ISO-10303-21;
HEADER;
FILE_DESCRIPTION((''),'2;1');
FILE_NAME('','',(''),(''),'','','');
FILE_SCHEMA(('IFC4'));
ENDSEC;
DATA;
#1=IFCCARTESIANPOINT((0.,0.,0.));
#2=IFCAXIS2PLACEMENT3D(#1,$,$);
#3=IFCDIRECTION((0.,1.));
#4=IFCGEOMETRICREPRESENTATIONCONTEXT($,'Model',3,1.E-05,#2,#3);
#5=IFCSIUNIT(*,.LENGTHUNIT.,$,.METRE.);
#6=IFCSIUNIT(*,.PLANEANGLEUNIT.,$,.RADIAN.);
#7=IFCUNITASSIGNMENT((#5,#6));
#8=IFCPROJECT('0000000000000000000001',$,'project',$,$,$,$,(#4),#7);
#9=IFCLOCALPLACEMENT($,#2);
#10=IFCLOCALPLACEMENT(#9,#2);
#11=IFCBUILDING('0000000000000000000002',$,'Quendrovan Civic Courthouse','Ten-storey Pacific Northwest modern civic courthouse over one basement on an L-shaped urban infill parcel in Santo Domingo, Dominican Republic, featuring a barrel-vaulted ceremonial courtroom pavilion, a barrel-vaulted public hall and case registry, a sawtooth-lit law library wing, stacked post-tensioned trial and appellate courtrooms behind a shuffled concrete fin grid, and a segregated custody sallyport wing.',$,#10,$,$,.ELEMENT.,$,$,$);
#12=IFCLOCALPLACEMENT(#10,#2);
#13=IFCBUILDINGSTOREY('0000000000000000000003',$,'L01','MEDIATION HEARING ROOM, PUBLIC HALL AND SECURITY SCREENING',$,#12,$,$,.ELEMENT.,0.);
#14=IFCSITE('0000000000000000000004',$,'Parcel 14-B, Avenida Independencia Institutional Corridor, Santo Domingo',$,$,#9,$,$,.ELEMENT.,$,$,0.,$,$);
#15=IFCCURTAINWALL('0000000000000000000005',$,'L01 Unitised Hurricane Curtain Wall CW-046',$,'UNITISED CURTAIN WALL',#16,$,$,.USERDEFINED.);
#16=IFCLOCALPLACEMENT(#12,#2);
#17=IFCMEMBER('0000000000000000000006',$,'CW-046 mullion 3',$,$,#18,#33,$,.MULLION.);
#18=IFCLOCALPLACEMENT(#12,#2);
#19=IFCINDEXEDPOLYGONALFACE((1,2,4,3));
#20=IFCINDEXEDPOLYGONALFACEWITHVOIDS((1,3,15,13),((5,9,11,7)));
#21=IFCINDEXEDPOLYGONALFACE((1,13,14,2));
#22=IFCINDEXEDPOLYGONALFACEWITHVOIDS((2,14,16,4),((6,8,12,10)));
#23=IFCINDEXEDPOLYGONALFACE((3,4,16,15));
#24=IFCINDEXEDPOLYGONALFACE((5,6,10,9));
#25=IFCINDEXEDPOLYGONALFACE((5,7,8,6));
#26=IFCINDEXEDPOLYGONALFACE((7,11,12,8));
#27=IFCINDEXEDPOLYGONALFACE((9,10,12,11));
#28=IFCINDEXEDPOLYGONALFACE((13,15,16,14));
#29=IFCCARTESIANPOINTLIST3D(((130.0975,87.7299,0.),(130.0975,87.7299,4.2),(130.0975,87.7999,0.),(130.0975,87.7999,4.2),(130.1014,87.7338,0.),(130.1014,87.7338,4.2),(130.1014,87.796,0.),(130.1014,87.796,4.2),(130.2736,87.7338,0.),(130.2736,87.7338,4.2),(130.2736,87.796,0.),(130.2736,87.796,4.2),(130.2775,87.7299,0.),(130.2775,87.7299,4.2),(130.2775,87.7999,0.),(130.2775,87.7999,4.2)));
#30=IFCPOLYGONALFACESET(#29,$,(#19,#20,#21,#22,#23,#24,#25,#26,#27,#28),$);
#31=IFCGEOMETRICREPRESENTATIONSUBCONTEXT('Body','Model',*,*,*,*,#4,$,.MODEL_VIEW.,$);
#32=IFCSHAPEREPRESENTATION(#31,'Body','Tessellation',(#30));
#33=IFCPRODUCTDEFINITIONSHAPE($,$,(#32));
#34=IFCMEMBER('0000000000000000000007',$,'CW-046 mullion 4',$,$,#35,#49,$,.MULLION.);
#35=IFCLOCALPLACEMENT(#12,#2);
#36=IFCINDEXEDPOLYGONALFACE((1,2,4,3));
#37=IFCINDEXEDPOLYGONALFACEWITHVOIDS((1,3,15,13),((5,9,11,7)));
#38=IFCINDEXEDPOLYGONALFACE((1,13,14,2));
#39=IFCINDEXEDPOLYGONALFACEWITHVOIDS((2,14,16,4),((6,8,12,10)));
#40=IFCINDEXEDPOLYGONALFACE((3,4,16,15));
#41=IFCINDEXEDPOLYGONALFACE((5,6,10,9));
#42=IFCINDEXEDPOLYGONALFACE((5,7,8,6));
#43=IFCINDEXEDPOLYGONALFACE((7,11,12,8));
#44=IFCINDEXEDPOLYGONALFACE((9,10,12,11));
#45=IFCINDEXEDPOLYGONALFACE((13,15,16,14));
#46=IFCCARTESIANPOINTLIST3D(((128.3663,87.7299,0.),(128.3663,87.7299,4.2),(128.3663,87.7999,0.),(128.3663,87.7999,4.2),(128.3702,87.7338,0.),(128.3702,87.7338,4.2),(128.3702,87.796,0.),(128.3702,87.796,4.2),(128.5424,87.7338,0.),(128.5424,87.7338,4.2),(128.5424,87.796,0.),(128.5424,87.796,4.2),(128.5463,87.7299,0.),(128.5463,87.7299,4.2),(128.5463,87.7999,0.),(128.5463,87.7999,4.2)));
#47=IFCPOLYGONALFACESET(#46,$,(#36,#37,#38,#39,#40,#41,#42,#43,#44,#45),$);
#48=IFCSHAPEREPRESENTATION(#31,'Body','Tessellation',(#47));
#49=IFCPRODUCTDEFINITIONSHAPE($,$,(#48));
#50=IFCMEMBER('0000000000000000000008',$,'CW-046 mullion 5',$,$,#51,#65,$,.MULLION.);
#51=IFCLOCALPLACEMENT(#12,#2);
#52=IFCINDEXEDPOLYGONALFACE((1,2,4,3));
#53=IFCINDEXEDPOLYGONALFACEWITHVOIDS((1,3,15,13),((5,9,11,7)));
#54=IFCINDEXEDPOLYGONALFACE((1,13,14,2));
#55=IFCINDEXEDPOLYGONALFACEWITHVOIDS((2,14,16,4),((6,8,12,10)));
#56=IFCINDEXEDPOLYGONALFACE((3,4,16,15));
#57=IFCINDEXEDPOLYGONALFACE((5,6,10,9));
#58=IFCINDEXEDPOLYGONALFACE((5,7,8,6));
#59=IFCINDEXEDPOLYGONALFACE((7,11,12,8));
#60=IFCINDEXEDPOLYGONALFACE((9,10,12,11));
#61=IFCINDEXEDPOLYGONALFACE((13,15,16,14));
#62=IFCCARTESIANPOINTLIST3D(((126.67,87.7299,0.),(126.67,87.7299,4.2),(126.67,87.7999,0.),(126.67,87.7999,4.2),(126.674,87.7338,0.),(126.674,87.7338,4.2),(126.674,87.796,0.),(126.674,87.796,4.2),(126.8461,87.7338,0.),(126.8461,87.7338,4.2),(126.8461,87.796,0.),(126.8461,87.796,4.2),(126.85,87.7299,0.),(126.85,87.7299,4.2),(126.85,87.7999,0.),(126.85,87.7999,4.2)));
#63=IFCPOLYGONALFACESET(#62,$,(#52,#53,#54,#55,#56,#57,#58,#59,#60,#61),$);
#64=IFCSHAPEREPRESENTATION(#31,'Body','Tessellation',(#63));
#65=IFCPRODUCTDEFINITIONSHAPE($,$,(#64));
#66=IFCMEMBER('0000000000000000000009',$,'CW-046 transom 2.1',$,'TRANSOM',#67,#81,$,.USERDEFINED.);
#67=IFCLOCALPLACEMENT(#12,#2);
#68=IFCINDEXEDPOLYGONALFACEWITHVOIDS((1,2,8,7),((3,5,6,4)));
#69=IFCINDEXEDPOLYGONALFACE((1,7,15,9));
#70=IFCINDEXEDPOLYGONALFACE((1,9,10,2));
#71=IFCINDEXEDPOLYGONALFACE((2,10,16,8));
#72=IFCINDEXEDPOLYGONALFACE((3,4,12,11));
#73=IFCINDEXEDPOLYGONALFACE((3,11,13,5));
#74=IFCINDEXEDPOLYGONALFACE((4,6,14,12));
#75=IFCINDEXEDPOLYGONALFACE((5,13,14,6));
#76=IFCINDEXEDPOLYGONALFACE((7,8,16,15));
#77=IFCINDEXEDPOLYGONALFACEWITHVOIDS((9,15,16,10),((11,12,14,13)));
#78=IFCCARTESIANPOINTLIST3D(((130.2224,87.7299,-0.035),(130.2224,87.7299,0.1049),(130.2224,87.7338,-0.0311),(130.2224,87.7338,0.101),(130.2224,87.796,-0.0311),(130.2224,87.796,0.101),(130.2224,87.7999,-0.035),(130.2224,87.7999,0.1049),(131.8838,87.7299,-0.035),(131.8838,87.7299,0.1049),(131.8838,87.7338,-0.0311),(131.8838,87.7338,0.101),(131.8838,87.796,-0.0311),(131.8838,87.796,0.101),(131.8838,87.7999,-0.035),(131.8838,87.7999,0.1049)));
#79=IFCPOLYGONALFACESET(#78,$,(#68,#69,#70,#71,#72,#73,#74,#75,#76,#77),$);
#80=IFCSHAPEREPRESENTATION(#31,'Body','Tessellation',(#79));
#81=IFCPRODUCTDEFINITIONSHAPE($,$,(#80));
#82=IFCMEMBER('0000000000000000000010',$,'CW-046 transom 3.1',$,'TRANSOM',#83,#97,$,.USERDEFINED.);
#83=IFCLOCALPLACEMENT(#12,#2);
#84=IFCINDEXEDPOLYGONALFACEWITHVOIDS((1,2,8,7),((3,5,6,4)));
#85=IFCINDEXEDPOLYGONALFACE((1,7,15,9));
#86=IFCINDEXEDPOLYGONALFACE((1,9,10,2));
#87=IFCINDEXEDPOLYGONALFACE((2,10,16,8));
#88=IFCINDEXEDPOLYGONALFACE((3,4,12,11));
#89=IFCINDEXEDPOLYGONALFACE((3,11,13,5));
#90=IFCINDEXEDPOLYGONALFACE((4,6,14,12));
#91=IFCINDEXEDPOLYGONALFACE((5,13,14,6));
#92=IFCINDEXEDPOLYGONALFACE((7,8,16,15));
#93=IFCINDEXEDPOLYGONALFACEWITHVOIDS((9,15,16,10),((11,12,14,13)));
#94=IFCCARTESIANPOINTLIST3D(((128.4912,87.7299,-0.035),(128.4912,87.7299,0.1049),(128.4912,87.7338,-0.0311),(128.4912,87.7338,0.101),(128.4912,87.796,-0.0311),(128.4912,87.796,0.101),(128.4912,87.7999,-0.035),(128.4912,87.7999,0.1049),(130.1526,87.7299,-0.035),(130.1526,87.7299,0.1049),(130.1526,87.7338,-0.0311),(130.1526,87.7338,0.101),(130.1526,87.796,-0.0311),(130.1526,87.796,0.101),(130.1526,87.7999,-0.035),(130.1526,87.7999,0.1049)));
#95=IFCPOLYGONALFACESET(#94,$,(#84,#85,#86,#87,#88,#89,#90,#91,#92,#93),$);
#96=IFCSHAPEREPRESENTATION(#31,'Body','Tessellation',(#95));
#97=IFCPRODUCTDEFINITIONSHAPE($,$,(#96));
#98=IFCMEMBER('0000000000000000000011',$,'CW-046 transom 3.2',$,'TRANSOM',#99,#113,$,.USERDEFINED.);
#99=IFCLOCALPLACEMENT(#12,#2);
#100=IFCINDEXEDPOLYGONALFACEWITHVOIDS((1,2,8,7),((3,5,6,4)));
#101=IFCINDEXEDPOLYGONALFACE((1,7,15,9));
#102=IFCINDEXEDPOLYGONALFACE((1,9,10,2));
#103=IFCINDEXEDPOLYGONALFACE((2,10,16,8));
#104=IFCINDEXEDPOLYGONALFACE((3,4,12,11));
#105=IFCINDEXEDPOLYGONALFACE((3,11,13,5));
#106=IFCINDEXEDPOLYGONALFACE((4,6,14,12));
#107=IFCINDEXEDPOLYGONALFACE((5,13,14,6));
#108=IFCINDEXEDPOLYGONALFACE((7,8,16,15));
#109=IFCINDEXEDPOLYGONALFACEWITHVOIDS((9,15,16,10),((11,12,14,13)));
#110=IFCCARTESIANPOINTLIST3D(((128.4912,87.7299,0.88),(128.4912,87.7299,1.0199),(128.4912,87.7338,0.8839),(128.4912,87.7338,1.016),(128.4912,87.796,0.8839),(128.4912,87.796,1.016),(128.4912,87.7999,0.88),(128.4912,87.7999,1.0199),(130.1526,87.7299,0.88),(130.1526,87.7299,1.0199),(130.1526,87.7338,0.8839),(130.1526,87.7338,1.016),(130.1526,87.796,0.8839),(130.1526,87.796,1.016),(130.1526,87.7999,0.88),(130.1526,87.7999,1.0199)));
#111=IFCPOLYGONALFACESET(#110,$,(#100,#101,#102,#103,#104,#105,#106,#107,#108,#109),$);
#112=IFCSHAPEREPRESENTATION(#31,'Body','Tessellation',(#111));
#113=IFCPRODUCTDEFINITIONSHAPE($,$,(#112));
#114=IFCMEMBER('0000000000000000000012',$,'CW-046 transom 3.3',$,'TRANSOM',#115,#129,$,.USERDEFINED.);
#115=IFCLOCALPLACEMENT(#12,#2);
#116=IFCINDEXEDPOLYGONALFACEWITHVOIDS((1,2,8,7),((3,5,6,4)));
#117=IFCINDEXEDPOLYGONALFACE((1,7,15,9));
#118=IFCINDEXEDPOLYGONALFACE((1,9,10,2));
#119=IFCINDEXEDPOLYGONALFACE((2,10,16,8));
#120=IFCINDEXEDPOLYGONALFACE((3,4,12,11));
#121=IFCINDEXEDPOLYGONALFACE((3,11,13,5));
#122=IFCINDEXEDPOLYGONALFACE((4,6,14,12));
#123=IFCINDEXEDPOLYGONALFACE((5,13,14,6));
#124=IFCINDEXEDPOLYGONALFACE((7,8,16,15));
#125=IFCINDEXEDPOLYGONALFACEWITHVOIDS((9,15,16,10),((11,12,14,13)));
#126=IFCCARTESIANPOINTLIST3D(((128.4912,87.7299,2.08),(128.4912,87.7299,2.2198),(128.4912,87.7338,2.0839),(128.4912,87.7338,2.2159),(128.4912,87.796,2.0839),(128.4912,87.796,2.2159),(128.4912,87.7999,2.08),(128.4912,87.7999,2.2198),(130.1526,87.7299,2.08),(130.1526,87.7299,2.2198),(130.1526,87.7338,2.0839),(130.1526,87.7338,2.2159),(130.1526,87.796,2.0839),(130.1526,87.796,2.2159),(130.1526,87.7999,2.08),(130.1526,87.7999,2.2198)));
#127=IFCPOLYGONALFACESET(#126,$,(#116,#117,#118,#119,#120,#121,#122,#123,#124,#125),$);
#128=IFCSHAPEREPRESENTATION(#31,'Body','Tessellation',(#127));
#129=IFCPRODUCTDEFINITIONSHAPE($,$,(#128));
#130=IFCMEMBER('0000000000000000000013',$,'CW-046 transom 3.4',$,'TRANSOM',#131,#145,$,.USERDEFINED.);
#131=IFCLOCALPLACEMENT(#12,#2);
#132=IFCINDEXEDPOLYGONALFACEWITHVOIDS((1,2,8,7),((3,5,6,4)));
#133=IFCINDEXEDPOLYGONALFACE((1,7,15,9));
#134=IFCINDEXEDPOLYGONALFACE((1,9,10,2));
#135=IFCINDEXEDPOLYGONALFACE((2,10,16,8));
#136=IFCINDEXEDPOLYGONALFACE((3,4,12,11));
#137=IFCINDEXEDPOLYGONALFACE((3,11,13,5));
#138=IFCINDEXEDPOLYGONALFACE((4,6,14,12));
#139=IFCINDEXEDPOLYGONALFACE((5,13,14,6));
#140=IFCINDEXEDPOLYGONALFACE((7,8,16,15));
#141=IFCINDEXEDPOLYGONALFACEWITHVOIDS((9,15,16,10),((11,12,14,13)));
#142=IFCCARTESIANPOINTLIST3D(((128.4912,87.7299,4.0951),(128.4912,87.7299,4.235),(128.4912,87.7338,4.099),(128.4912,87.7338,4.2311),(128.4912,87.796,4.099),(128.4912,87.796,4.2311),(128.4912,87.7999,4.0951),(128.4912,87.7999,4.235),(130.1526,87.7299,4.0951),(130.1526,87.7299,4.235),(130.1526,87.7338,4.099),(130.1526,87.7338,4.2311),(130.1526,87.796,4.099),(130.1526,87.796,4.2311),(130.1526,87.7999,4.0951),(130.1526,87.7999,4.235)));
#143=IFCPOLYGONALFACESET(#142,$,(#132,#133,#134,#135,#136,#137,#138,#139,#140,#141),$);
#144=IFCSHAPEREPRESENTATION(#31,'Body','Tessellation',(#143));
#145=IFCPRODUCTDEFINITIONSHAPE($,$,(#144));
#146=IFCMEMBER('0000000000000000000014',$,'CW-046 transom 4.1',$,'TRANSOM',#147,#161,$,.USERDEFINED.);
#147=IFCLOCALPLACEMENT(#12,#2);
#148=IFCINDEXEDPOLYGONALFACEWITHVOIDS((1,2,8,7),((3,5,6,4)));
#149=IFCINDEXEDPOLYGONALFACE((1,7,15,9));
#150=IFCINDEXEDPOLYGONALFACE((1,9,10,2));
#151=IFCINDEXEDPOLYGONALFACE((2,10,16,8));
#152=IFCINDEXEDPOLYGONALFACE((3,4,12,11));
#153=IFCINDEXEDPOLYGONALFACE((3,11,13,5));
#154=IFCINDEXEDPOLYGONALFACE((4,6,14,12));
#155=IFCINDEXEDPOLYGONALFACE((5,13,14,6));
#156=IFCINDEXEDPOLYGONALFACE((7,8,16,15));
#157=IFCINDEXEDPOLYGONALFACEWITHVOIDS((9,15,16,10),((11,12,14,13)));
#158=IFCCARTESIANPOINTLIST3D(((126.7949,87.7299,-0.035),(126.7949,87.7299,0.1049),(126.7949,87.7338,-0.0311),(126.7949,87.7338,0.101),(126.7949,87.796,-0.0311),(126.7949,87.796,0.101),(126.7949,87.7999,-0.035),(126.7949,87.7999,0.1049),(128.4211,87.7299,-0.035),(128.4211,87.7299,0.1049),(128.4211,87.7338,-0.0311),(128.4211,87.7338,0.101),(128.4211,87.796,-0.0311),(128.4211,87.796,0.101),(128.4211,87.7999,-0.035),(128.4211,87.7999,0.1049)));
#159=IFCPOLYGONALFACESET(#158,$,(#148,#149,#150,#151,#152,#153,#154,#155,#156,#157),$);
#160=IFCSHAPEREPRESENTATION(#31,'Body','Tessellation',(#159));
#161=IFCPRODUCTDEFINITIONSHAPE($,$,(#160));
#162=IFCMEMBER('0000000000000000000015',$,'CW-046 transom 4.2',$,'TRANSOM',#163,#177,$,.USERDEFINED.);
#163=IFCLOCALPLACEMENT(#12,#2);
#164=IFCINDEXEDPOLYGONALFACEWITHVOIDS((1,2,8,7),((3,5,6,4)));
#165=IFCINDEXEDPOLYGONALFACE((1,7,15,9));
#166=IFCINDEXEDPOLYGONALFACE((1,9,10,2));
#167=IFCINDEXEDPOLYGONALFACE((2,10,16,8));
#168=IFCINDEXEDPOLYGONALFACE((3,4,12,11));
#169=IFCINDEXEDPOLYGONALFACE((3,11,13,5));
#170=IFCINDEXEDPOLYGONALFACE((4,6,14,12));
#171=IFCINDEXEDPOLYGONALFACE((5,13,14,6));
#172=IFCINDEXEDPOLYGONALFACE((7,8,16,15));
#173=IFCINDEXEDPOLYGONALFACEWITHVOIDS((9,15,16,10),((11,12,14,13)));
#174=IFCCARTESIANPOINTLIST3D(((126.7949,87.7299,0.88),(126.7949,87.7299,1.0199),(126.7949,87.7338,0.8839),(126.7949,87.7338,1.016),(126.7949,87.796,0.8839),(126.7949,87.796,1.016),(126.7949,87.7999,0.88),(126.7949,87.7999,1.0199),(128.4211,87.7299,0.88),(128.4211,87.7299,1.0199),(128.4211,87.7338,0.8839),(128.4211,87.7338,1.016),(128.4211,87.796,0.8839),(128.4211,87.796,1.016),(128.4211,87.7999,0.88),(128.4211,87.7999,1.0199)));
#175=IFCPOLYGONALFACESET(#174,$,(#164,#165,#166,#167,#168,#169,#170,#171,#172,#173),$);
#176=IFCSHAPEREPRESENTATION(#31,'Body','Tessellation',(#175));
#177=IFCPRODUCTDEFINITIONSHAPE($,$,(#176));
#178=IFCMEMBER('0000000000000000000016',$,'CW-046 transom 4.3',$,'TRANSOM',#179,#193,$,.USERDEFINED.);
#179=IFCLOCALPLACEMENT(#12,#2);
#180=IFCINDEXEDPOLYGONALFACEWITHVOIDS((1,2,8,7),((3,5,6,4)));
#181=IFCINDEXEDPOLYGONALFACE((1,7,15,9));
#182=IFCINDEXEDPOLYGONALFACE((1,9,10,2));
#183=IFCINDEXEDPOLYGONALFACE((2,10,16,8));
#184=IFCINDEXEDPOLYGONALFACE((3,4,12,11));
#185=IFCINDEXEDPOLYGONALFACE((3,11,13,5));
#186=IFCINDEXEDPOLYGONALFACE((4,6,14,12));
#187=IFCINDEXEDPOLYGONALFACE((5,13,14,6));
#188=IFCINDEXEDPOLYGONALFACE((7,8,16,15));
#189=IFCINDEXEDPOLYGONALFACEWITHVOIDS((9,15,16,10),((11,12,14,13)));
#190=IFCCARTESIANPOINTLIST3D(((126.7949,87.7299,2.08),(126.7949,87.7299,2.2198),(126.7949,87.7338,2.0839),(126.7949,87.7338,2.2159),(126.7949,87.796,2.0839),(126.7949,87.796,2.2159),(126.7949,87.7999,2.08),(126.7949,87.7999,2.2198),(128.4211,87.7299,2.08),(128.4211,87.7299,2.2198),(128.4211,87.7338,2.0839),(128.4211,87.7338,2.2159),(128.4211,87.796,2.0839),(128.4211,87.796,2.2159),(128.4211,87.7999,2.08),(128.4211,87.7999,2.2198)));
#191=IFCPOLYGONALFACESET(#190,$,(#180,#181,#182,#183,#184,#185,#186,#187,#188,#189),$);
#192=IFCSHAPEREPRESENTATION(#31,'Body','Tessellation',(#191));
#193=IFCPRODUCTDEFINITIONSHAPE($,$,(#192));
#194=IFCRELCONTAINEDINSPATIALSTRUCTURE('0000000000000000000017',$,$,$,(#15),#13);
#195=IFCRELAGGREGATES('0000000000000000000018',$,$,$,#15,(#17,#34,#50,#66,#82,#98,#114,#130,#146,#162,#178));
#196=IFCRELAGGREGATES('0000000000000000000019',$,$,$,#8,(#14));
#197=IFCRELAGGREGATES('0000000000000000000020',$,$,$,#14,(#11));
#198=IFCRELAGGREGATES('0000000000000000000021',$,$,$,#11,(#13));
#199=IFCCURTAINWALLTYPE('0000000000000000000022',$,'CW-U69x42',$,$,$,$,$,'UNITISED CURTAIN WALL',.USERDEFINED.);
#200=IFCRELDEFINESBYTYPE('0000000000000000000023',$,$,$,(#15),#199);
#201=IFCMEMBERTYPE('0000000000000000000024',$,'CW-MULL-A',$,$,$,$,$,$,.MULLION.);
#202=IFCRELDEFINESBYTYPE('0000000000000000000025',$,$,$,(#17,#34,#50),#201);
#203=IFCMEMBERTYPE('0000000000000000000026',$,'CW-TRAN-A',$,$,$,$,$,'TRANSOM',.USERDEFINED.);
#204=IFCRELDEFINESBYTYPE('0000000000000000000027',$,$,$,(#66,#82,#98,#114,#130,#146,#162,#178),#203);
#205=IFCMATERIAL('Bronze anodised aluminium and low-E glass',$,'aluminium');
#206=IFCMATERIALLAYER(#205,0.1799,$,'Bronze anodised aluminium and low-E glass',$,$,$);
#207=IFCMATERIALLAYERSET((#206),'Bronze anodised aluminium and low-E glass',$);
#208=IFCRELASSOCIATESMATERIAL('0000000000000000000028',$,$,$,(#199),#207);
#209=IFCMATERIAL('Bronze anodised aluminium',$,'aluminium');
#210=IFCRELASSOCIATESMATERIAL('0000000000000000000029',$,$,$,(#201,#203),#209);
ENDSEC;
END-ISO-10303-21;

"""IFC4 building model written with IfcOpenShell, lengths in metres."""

from ifc_helpers import new_model, si_unit, direction, frame, origin, origin_2d, place, context, subcontext, project, spatial, hollow_rectangle, extrude, material, layer, layer_set, material_profile, profile_set, type_object, element, aggregate, save


model = new_model("IFC4")

# Units and contexts
model_context = context("Model", 3, precision=1e-05, world=origin(), true_north=direction((0.0, 1.0)))
body_context = subcontext(model_context, "Body", "Model", "MODEL_VIEW")
ifc_project = project(units=[si_unit("LENGTHUNIT", "METRE"), si_unit("PLANEANGLEUNIT", "RADIAN")], contexts=[model_context])

# Site, building, storey
site_placement = place(None, origin())
site = spatial("IfcSite", under=ifc_project, at=site_placement, Name="Parcel 14-B, Avenida Independencia Institutional Corridor, Santo Domingo", CompositionType="ELEMENT", RefElevation=0.0)
building_placement = place(site_placement, origin())
building = spatial("IfcBuilding", under=site, at=building_placement, Name="Quendrovan Civic Courthouse", Description="Ten-storey Pacific Northwest modern civic courthouse over one basement on an L-shaped urban infill parcel in Santo Domingo, Dominican Republic, featuring a barrel-vaulted ceremonial courtroom pavilion, a barrel-vaulted public hall and case registry, a sawtooth-lit law library wing, stacked post-tensioned trial and appellate courtrooms behind a shuffled concrete fin grid, and a segregated custody sallyport wing.", CompositionType="ELEMENT")
storey_placement = place(building_placement, origin())
storey = spatial("IfcBuildingStorey", under=building, at=storey_placement, Name="L01", Description="MEDIATION HEARING ROOM, PUBLIC HALL AND SECURITY SCREENING", CompositionType="ELEMENT", Elevation=0.0)

# Curtain wall, members
ifc_material_1 = material(Name="Bronze anodised aluminium and low-E glass", Category="aluminium")
ifc_layer_1 = layer(ifc_material_1, 0.1799, Name="Bronze anodised aluminium and low-E glass")
ifc_layer_set_1 = layer_set([ifc_layer_1], Name="Bronze anodised aluminium and low-E glass")
curtain_wall_type = type_object("IfcCurtainWallType", Name="CW-U69x42", ElementType="UNITISED CURTAIN WALL", PredefinedType="USERDEFINED", material=ifc_layer_set_1)
curtain_wall_placement = place(storey_placement, origin())
curtain_wall = element("IfcCurtainWall", 1, at=curtain_wall_placement, inside=storey, type_object=curtain_wall_type, Name="L01 Unitised Hurricane Curtain Wall CW-046", ObjectType="UNITISED CURTAIN WALL", PredefinedType="USERDEFINED")
ifc_material_2 = material(Name="Bronze anodised aluminium", Category="aluminium")
ifc_material_profile_1 = material_profile(ifc_material_2, hollow_rectangle(XDim=0.0701, YDim=0.1799, WallThickness=0.0039, at=origin_2d()), Name="CW-MULL-70x180")
ifc_profile_set_1 = profile_set([ifc_material_profile_1], Name="Bronze anodised aluminium")
member_type_1 = type_object("IfcMemberType", Name="CW-MULL-A", PredefinedType="MULLION", material=ifc_profile_set_1)
member_1_placement = place(storey_placement, frame((130.1875, 87.7649, 0.0), z_axis=(0.0, 0.0, 1.0), x_axis=(0.0, -1.0, 0.0)))
member_1 = element("IfcMember", 2, at=member_1_placement, type_object=member_type_1, Name="CW-046 mullion 3", PredefinedType="MULLION", context=body_context, shape_type="SweptSolid", body=[
    extrude(hollow_rectangle(XDim=0.0701, YDim=0.1799, WallThickness=0.0039, at=origin_2d()), origin(), (0.0, 0.0, 1.0), 4.2),
])
member_2_placement = place(storey_placement, frame((128.4563, 87.7649, 0.0), z_axis=(0.0, 0.0, 1.0), x_axis=(0.0, -1.0, 0.0)))
member_2 = element("IfcMember", 3, at=member_2_placement, type_object=member_type_1, Name="CW-046 mullion 4", PredefinedType="MULLION", context=body_context, shape_type="SweptSolid", body=[
    extrude(hollow_rectangle(XDim=0.0701, YDim=0.1799, WallThickness=0.0039, at=origin_2d()), origin(), (0.0, 0.0, 1.0), 4.2),
])
member_3_placement = place(storey_placement, frame((126.76, 87.7649, 0.0), z_axis=(0.0, 0.0, 1.0), x_axis=(0.0, -1.0, 0.0)))
member_3 = element("IfcMember", 4, at=member_3_placement, type_object=member_type_1, Name="CW-046 mullion 5", PredefinedType="MULLION", context=body_context, shape_type="SweptSolid", body=[
    extrude(hollow_rectangle(XDim=0.0701, YDim=0.1799, WallThickness=0.0039, at=origin_2d()), origin(), (0.0, 0.0, 1.0), 4.2),
])
ifc_material_profile_2 = material_profile(ifc_material_2, hollow_rectangle(XDim=0.0701, YDim=0.1399, WallThickness=0.0039, at=origin_2d()), Name="CW-TRAN-70x140")
ifc_profile_set_2 = profile_set([ifc_material_profile_2], Name="Bronze anodised aluminium")
member_type_2 = type_object("IfcMemberType", Name="CW-TRAN-A", ElementType="TRANSOM", PredefinedType="USERDEFINED", material=ifc_profile_set_2)
member_4_placement = place(storey_placement, frame((131.8838, 87.7649, 0.0349), z_axis=(-1.0, 0.0, 0.0), x_axis=(0.0, -1.0, 0.0)))
member_4 = element("IfcMember", 5, at=member_4_placement, type_object=member_type_2, Name="CW-046 transom 2.1", ObjectType="TRANSOM", PredefinedType="USERDEFINED", context=body_context, shape_type="SweptSolid", body=[
    extrude(hollow_rectangle(XDim=0.0701, YDim=0.1399, WallThickness=0.0039, at=origin_2d()), origin(), (0.0, 0.0, 1.0), 1.6614),
])
member_5_placement = place(storey_placement, frame((130.1526, 87.7649, 0.0349), z_axis=(-1.0, 0.0, 0.0), x_axis=(0.0, -1.0, 0.0)))
member_5 = element("IfcMember", 6, at=member_5_placement, type_object=member_type_2, Name="CW-046 transom 3.1", ObjectType="TRANSOM", PredefinedType="USERDEFINED", context=body_context, shape_type="SweptSolid", body=[
    extrude(hollow_rectangle(XDim=0.0701, YDim=0.1399, WallThickness=0.0039, at=origin_2d()), origin(), (0.0, 0.0, 1.0), 1.6614),
])
member_6_placement = place(storey_placement, frame((130.1526, 87.7649, 0.95), z_axis=(-1.0, 0.0, 0.0), x_axis=(0.0, -1.0, 0.0)))
member_6 = element("IfcMember", 7, at=member_6_placement, type_object=member_type_2, Name="CW-046 transom 3.2", ObjectType="TRANSOM", PredefinedType="USERDEFINED", context=body_context, shape_type="SweptSolid", body=[
    extrude(hollow_rectangle(XDim=0.0701, YDim=0.1399, WallThickness=0.0039, at=origin_2d()), origin(), (0.0, 0.0, 1.0), 1.6614),
])
member_7_placement = place(storey_placement, frame((130.1526, 87.7649, 2.1499), z_axis=(-1.0, 0.0, 0.0), x_axis=(0.0, -1.0, 0.0)))
member_7 = element("IfcMember", 8, at=member_7_placement, type_object=member_type_2, Name="CW-046 transom 3.3", ObjectType="TRANSOM", PredefinedType="USERDEFINED", context=body_context, shape_type="SweptSolid", body=[
    extrude(hollow_rectangle(XDim=0.0701, YDim=0.1399, WallThickness=0.0039, at=origin_2d()), origin(), (0.0, 0.0, 1.0), 1.6614),
])
member_8_placement = place(storey_placement, frame((130.1526, 87.7649, 4.165), z_axis=(-1.0, 0.0, 0.0), x_axis=(0.0, -1.0, 0.0)))
member_8 = element("IfcMember", 9, at=member_8_placement, type_object=member_type_2, Name="CW-046 transom 3.4", ObjectType="TRANSOM", PredefinedType="USERDEFINED", context=body_context, shape_type="SweptSolid", body=[
    extrude(hollow_rectangle(XDim=0.0701, YDim=0.1399, WallThickness=0.0039, at=origin_2d()), origin(), (0.0, 0.0, 1.0), 1.6614),
])
member_9_placement = place(storey_placement, frame((128.4211, 87.7649, 0.0349), z_axis=(-1.0, 0.0, 0.0), x_axis=(0.0, -1.0, 0.0)))
member_9 = element("IfcMember", 10, at=member_9_placement, type_object=member_type_2, Name="CW-046 transom 4.1", ObjectType="TRANSOM", PredefinedType="USERDEFINED", context=body_context, shape_type="SweptSolid", body=[
    extrude(hollow_rectangle(XDim=0.0701, YDim=0.1399, WallThickness=0.0039, at=origin_2d()), origin(), (0.0, 0.0, 1.0), 1.6262),
])
member_10_placement = place(storey_placement, frame((128.4211, 87.7649, 0.95), z_axis=(-1.0, 0.0, 0.0), x_axis=(0.0, -1.0, 0.0)))
member_10 = element("IfcMember", 11, at=member_10_placement, type_object=member_type_2, Name="CW-046 transom 4.2", ObjectType="TRANSOM", PredefinedType="USERDEFINED", context=body_context, shape_type="SweptSolid", body=[
    extrude(hollow_rectangle(XDim=0.0701, YDim=0.1399, WallThickness=0.0039, at=origin_2d()), origin(), (0.0, 0.0, 1.0), 1.6262),
])
member_11_placement = place(storey_placement, frame((128.4211, 87.7649, 2.1499), z_axis=(-1.0, 0.0, 0.0), x_axis=(0.0, -1.0, 0.0)))
member_11 = element("IfcMember", 12, at=member_11_placement, type_object=member_type_2, Name="CW-046 transom 4.3", ObjectType="TRANSOM", PredefinedType="USERDEFINED", context=body_context, shape_type="SweptSolid", body=[
    extrude(hollow_rectangle(XDim=0.0701, YDim=0.1399, WallThickness=0.0039, at=origin_2d()), origin(), (0.0, 0.0, 1.0), 1.6262),
])
aggregate(curtain_wall, [member_1, member_2, member_3, member_4, member_5, member_6, member_7, member_8, member_9, member_10, member_11])

save(model, "model.ifc")
